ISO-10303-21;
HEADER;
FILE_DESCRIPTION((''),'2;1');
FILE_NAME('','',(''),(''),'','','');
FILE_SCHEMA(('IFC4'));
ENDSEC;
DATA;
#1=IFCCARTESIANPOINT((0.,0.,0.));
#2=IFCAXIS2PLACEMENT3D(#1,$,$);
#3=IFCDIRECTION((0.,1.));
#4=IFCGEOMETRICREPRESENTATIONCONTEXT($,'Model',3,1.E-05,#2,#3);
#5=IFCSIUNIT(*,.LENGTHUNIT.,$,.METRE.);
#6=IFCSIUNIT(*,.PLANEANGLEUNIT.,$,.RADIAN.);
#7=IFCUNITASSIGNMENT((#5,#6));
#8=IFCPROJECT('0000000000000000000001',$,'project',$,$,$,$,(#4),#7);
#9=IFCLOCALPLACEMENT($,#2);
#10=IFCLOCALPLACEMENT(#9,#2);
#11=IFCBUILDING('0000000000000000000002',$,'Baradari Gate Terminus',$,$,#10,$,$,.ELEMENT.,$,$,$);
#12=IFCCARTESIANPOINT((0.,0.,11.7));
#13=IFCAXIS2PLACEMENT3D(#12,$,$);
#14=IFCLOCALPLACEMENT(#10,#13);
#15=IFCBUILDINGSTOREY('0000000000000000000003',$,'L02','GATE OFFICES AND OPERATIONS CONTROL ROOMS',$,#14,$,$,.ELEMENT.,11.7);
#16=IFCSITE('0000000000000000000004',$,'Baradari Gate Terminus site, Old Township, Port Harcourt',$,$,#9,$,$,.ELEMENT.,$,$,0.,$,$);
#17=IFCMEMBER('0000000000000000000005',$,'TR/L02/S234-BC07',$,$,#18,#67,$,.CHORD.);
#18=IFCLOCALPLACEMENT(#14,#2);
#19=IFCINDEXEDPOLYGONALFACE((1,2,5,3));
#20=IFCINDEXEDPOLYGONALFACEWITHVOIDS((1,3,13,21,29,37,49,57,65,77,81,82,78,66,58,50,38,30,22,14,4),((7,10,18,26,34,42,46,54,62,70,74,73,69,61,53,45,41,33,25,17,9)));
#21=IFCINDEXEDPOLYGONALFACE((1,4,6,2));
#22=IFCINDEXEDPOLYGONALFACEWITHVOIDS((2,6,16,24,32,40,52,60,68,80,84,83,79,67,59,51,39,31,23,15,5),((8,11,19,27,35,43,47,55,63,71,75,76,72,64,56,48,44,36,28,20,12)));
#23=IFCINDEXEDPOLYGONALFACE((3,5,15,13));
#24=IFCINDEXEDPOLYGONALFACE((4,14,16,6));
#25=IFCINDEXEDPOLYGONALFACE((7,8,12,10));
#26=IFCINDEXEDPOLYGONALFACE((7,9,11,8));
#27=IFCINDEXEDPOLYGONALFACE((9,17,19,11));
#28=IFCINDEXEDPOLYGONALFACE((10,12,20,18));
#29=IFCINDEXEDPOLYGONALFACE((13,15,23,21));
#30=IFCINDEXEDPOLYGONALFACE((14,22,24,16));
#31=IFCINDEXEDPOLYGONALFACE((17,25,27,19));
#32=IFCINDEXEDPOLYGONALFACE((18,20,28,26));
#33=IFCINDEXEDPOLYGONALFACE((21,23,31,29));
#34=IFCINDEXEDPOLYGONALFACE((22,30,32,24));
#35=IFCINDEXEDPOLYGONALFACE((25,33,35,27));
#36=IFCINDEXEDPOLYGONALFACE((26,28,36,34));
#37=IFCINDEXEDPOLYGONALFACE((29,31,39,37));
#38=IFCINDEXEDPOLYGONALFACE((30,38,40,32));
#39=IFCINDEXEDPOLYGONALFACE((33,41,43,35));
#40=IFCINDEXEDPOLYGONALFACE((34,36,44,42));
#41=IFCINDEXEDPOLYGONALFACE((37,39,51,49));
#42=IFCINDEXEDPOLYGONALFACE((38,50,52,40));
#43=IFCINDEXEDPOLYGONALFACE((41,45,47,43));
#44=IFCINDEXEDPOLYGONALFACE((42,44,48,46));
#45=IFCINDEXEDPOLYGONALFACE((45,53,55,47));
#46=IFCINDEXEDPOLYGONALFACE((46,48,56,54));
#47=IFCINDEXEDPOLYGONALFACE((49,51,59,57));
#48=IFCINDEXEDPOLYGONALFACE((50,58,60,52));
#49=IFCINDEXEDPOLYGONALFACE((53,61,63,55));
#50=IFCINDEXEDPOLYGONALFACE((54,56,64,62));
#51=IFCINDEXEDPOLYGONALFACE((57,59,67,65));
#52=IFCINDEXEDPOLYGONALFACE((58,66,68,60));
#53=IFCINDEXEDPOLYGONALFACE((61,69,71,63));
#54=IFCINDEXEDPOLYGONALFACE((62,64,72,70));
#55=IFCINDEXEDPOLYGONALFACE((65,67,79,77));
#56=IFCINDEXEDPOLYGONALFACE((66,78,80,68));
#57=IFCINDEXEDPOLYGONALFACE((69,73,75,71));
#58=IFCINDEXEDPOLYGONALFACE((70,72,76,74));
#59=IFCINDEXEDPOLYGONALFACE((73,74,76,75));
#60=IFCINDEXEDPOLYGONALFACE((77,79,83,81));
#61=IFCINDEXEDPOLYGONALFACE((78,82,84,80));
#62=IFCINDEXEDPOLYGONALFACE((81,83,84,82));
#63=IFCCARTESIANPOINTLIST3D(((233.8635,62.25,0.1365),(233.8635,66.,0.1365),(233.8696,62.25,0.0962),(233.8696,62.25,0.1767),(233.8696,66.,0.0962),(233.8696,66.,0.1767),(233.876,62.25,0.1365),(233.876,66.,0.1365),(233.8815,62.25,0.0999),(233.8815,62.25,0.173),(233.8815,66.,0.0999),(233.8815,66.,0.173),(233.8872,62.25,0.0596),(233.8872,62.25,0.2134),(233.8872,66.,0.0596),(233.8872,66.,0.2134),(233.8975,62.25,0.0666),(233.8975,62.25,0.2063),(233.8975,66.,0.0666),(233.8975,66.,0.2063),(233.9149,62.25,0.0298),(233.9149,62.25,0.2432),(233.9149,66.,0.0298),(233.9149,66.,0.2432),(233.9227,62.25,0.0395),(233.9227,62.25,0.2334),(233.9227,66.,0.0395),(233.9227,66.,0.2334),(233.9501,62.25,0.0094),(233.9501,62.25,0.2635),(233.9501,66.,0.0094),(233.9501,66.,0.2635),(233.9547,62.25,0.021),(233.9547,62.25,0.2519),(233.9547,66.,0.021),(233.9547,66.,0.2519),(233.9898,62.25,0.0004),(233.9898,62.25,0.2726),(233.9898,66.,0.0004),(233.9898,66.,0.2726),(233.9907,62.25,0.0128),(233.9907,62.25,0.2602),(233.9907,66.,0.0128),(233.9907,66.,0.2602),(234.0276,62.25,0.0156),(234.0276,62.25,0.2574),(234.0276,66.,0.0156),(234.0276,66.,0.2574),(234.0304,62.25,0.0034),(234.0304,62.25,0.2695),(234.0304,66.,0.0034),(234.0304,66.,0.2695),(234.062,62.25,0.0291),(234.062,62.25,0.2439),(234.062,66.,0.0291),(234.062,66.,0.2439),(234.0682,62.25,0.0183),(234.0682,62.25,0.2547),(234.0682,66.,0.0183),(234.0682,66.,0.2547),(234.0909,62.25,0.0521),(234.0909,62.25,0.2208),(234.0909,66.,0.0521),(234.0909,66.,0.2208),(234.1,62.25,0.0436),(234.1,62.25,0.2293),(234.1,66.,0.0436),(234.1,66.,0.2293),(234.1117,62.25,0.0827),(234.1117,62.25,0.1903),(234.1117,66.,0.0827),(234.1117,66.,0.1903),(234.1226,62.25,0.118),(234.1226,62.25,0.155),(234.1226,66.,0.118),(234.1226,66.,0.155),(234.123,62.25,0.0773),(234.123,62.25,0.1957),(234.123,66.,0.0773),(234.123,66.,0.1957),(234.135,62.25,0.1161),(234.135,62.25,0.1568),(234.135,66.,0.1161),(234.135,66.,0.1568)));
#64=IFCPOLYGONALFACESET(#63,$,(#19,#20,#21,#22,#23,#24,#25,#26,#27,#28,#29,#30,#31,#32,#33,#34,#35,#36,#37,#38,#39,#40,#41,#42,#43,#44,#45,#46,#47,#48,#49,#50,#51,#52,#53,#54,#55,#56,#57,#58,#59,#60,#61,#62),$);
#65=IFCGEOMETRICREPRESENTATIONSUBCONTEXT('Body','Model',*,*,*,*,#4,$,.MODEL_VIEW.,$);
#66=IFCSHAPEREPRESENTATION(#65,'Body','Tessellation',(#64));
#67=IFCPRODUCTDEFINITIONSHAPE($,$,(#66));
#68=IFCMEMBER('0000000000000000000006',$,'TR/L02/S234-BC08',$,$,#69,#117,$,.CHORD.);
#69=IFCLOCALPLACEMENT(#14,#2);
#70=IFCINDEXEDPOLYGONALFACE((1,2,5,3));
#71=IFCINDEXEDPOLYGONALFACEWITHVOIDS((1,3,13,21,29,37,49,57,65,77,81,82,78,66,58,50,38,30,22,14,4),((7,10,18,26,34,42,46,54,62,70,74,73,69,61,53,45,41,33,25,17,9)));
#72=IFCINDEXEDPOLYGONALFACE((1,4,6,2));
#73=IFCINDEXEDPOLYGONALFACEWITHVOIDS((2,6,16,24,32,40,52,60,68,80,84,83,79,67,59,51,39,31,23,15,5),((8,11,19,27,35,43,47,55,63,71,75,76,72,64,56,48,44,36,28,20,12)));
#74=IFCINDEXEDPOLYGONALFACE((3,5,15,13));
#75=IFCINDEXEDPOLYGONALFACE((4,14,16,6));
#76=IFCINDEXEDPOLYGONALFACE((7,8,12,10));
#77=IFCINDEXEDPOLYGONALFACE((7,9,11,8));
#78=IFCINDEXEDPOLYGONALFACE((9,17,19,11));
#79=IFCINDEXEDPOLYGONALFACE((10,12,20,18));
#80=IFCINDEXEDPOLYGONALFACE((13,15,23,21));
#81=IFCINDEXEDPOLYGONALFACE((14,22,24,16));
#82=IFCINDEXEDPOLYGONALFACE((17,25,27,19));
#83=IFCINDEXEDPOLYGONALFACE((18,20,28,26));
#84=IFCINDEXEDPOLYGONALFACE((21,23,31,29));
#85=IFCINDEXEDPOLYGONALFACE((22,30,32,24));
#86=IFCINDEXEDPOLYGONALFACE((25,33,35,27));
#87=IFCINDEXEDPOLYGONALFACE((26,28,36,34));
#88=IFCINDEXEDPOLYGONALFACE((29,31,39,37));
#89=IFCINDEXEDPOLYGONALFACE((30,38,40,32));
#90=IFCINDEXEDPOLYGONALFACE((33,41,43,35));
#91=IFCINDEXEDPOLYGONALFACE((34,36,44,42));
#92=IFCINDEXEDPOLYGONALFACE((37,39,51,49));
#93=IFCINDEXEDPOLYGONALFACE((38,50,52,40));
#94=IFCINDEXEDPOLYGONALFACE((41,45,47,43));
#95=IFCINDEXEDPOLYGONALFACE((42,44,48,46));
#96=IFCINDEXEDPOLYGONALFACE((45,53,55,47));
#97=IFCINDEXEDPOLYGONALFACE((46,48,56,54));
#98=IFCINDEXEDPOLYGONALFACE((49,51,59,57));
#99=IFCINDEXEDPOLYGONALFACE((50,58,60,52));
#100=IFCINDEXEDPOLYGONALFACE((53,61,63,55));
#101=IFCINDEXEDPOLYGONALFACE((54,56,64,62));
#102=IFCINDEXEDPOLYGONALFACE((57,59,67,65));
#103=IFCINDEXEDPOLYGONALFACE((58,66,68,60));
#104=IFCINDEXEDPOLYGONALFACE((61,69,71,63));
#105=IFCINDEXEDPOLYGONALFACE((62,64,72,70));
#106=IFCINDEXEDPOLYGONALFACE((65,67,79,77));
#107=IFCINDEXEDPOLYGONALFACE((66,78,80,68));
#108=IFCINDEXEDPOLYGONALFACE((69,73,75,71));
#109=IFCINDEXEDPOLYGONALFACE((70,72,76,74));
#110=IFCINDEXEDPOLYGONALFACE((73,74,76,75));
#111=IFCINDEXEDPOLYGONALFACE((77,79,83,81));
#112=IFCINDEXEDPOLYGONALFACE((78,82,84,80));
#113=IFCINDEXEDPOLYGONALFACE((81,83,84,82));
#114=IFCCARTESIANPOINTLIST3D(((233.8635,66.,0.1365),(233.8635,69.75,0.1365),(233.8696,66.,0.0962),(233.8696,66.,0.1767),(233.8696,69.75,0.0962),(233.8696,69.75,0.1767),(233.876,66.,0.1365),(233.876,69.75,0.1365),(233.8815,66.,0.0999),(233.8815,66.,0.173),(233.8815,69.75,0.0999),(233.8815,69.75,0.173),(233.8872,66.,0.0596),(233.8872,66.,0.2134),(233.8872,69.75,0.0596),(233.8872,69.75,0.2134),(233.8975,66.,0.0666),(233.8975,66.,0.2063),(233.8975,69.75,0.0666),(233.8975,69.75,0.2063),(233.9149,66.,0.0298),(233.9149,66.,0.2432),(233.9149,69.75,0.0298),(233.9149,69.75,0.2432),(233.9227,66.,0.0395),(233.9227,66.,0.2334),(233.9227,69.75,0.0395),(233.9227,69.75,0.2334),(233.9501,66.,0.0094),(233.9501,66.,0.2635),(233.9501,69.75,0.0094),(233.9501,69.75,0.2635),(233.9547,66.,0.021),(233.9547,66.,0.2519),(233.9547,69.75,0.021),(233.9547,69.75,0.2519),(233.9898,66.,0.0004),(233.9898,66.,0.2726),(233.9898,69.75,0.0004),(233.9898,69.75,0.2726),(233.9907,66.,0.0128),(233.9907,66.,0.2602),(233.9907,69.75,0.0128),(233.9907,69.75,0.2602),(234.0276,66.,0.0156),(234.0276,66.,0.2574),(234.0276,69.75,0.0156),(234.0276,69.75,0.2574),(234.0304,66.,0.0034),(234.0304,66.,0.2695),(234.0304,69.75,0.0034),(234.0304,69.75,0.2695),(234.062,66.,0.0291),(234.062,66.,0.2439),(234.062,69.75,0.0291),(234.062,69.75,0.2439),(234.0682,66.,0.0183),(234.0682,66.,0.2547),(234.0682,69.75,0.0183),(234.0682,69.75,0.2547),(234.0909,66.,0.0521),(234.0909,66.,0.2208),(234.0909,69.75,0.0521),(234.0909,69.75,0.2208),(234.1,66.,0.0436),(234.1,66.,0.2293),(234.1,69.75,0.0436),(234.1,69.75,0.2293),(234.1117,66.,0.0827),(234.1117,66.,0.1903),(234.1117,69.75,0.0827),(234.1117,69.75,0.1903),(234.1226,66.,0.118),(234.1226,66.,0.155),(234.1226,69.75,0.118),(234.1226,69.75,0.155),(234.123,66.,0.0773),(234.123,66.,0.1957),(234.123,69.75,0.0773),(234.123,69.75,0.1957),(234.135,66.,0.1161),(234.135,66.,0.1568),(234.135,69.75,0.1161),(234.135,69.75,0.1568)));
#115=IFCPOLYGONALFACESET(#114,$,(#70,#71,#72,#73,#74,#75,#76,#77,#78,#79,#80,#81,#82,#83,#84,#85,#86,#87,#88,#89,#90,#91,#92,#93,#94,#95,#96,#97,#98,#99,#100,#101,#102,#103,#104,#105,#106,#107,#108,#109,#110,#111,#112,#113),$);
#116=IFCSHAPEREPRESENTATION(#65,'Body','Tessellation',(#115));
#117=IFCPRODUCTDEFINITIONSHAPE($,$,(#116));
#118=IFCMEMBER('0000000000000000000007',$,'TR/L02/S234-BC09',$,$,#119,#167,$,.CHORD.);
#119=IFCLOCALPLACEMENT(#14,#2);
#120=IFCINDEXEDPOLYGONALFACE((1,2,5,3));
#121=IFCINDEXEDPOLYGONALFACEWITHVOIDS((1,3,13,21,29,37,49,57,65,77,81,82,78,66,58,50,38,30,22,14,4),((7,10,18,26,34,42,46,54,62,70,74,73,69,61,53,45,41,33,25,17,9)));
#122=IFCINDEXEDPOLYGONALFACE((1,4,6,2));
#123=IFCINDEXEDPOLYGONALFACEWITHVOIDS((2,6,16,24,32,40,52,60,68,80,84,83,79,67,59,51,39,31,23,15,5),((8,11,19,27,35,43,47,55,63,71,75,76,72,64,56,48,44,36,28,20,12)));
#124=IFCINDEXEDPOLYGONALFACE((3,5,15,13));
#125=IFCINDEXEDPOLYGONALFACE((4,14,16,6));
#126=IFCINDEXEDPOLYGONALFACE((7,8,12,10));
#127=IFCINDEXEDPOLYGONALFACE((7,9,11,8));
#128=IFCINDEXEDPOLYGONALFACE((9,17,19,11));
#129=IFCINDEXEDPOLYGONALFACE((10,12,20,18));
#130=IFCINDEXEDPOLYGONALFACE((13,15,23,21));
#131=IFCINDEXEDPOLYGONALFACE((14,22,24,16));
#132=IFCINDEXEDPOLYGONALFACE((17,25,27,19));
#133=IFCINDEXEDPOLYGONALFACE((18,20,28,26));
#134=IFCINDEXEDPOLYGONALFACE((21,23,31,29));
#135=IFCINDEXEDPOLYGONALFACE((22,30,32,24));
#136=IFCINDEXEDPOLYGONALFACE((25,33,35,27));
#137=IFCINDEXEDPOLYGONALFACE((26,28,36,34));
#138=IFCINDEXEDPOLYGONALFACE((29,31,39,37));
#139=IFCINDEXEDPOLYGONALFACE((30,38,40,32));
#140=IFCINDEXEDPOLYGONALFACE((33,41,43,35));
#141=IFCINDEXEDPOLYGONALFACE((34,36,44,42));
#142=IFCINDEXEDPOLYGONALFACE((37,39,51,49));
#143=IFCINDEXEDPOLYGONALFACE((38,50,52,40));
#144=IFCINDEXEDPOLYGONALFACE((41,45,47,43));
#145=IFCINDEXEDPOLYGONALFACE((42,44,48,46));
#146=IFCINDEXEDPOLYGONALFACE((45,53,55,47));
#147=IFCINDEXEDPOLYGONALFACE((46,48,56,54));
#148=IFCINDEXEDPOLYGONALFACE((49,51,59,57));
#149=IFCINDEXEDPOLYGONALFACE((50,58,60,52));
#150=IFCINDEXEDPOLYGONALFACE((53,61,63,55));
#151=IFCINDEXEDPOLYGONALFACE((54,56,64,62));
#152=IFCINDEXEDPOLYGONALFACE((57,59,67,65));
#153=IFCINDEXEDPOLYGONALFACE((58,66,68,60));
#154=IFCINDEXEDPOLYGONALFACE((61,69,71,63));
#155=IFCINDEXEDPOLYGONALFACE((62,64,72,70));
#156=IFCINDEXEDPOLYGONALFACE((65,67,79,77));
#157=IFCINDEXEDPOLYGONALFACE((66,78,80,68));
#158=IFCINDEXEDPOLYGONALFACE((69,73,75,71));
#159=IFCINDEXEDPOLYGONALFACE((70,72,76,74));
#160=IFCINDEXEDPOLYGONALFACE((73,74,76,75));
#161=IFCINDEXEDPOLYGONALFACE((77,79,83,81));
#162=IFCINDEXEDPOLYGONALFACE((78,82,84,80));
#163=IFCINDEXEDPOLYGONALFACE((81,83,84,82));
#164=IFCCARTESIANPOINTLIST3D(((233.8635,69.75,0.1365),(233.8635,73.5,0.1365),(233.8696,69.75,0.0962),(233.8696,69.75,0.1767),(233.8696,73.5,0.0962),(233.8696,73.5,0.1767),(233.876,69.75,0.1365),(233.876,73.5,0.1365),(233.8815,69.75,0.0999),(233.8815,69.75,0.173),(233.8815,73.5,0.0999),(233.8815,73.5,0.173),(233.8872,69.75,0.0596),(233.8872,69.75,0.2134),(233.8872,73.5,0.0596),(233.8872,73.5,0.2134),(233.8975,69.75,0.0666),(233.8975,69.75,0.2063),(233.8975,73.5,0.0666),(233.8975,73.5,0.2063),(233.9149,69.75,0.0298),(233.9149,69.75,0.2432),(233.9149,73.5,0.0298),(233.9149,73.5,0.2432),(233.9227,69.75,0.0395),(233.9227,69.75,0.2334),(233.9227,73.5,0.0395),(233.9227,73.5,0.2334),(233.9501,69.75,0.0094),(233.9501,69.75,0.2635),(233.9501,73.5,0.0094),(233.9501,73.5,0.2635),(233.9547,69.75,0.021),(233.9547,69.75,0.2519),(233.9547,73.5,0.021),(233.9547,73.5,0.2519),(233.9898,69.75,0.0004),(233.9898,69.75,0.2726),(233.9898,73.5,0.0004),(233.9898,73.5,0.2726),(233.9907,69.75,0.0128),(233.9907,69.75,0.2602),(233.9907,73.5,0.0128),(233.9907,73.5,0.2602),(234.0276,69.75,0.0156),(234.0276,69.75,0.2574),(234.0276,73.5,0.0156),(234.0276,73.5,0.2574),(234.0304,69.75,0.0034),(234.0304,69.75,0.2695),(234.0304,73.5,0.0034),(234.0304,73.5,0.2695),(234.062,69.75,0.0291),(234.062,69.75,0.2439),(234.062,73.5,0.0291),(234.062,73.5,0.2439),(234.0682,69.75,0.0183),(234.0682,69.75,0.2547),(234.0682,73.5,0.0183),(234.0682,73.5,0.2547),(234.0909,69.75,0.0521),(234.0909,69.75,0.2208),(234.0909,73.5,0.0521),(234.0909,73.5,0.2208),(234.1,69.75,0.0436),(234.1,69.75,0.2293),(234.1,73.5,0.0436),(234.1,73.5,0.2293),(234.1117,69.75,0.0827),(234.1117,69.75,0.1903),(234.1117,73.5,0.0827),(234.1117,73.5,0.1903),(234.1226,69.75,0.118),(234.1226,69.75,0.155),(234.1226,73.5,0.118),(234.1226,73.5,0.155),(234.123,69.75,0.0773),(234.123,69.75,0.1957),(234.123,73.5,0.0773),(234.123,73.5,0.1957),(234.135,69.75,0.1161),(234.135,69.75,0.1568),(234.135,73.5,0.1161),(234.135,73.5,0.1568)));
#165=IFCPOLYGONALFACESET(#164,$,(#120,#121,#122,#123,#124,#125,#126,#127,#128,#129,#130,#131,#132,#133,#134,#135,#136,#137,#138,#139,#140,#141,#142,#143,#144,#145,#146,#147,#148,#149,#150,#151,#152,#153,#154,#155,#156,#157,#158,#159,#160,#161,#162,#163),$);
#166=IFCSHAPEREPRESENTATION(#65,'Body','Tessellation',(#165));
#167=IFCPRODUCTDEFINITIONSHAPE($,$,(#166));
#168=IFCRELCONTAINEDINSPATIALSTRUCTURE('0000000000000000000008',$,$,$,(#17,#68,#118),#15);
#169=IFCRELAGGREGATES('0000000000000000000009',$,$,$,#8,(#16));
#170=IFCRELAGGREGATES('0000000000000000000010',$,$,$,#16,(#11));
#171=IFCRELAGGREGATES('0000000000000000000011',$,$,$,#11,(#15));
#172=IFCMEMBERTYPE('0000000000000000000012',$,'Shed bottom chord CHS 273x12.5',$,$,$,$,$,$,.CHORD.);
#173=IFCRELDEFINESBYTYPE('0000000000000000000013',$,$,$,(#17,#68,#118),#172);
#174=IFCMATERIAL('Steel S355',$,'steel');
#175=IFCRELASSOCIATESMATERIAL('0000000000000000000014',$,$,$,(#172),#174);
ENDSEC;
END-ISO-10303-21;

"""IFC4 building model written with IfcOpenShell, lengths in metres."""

from ifc_helpers import new_model, si_unit, direction, frame, origin, origin_2d, place, context, subcontext, project, spatial, hollow_circle, extrude, material, material_profile, profile_set, type_object, element, save


model = new_model("IFC4")

# Units and contexts
model_context = context("Model", 3, precision=1e-05, world=origin(), true_north=direction((0.0, 1.0)))
body_context = subcontext(model_context, "Body", "Model", "MODEL_VIEW")
ifc_project = project(units=[si_unit("LENGTHUNIT", "METRE"), si_unit("PLANEANGLEUNIT", "RADIAN")], contexts=[model_context])

# Site, building, storey
site_placement = place(None, origin())
site = spatial("IfcSite", under=ifc_project, at=site_placement, Name="Baradari Gate Terminus site, Old Township, Port Harcourt", CompositionType="ELEMENT", RefElevation=0.0)
building_placement = place(site_placement, origin())
building = spatial("IfcBuilding", under=site, at=building_placement, Name="Baradari Gate Terminus", CompositionType="ELEMENT")
storey_placement = place(building_placement, frame((0.0, 0.0, 11.7)))
storey = spatial("IfcBuildingStorey", under=building, at=storey_placement, Name="L02", Description="GATE OFFICES AND OPERATIONS CONTROL ROOMS", CompositionType="ELEMENT", Elevation=11.7)

# Members
ifc_material_1 = material(Name="Steel S355", Category="steel")
ifc_material_profile_1 = material_profile(ifc_material_1, hollow_circle(Radius=0.1365, WallThickness=0.0125, at=origin_2d()), Name="CHS 273x12.5")
ifc_profile_set_1 = profile_set([ifc_material_profile_1], Name="Steel S355")
member_type_1 = type_object("IfcMemberType", Name="Shed bottom chord CHS 273x12.5", PredefinedType="CHORD", material=ifc_profile_set_1)
for number, where, z_axis, x_axis, name in (
    (1, (234.0, 62.25, 0.1365), (0.0, 1.0, 0.0), (-1.0, 0.0, 0.0), "TR/L02/S234-BC07"),
    (2, (234.0, 66.0, 0.1365), (0.0, 1.0, 0.0), (-1.0, 0.0, 0.0), "TR/L02/S234-BC08"),
    (3, (234.0, 69.75, 0.1365), (0.0, 1.0, 0.0), (-1.0, 0.0, 0.0), "TR/L02/S234-BC09"),
):
    element("IfcMember", number, at=place(storey_placement, frame(where, z_axis=z_axis, x_axis=x_axis)), inside=storey, type_object=member_type_1, Name=name, PredefinedType="CHORD", context=body_context, shape_type="SweptSolid", body=[
        extrude(hollow_circle(Radius=0.1365, WallThickness=0.0125, at=origin_2d()), origin(), (0.0, 0.0, 1.0), 3.75),
    ])

save(model, "model.ifc")
